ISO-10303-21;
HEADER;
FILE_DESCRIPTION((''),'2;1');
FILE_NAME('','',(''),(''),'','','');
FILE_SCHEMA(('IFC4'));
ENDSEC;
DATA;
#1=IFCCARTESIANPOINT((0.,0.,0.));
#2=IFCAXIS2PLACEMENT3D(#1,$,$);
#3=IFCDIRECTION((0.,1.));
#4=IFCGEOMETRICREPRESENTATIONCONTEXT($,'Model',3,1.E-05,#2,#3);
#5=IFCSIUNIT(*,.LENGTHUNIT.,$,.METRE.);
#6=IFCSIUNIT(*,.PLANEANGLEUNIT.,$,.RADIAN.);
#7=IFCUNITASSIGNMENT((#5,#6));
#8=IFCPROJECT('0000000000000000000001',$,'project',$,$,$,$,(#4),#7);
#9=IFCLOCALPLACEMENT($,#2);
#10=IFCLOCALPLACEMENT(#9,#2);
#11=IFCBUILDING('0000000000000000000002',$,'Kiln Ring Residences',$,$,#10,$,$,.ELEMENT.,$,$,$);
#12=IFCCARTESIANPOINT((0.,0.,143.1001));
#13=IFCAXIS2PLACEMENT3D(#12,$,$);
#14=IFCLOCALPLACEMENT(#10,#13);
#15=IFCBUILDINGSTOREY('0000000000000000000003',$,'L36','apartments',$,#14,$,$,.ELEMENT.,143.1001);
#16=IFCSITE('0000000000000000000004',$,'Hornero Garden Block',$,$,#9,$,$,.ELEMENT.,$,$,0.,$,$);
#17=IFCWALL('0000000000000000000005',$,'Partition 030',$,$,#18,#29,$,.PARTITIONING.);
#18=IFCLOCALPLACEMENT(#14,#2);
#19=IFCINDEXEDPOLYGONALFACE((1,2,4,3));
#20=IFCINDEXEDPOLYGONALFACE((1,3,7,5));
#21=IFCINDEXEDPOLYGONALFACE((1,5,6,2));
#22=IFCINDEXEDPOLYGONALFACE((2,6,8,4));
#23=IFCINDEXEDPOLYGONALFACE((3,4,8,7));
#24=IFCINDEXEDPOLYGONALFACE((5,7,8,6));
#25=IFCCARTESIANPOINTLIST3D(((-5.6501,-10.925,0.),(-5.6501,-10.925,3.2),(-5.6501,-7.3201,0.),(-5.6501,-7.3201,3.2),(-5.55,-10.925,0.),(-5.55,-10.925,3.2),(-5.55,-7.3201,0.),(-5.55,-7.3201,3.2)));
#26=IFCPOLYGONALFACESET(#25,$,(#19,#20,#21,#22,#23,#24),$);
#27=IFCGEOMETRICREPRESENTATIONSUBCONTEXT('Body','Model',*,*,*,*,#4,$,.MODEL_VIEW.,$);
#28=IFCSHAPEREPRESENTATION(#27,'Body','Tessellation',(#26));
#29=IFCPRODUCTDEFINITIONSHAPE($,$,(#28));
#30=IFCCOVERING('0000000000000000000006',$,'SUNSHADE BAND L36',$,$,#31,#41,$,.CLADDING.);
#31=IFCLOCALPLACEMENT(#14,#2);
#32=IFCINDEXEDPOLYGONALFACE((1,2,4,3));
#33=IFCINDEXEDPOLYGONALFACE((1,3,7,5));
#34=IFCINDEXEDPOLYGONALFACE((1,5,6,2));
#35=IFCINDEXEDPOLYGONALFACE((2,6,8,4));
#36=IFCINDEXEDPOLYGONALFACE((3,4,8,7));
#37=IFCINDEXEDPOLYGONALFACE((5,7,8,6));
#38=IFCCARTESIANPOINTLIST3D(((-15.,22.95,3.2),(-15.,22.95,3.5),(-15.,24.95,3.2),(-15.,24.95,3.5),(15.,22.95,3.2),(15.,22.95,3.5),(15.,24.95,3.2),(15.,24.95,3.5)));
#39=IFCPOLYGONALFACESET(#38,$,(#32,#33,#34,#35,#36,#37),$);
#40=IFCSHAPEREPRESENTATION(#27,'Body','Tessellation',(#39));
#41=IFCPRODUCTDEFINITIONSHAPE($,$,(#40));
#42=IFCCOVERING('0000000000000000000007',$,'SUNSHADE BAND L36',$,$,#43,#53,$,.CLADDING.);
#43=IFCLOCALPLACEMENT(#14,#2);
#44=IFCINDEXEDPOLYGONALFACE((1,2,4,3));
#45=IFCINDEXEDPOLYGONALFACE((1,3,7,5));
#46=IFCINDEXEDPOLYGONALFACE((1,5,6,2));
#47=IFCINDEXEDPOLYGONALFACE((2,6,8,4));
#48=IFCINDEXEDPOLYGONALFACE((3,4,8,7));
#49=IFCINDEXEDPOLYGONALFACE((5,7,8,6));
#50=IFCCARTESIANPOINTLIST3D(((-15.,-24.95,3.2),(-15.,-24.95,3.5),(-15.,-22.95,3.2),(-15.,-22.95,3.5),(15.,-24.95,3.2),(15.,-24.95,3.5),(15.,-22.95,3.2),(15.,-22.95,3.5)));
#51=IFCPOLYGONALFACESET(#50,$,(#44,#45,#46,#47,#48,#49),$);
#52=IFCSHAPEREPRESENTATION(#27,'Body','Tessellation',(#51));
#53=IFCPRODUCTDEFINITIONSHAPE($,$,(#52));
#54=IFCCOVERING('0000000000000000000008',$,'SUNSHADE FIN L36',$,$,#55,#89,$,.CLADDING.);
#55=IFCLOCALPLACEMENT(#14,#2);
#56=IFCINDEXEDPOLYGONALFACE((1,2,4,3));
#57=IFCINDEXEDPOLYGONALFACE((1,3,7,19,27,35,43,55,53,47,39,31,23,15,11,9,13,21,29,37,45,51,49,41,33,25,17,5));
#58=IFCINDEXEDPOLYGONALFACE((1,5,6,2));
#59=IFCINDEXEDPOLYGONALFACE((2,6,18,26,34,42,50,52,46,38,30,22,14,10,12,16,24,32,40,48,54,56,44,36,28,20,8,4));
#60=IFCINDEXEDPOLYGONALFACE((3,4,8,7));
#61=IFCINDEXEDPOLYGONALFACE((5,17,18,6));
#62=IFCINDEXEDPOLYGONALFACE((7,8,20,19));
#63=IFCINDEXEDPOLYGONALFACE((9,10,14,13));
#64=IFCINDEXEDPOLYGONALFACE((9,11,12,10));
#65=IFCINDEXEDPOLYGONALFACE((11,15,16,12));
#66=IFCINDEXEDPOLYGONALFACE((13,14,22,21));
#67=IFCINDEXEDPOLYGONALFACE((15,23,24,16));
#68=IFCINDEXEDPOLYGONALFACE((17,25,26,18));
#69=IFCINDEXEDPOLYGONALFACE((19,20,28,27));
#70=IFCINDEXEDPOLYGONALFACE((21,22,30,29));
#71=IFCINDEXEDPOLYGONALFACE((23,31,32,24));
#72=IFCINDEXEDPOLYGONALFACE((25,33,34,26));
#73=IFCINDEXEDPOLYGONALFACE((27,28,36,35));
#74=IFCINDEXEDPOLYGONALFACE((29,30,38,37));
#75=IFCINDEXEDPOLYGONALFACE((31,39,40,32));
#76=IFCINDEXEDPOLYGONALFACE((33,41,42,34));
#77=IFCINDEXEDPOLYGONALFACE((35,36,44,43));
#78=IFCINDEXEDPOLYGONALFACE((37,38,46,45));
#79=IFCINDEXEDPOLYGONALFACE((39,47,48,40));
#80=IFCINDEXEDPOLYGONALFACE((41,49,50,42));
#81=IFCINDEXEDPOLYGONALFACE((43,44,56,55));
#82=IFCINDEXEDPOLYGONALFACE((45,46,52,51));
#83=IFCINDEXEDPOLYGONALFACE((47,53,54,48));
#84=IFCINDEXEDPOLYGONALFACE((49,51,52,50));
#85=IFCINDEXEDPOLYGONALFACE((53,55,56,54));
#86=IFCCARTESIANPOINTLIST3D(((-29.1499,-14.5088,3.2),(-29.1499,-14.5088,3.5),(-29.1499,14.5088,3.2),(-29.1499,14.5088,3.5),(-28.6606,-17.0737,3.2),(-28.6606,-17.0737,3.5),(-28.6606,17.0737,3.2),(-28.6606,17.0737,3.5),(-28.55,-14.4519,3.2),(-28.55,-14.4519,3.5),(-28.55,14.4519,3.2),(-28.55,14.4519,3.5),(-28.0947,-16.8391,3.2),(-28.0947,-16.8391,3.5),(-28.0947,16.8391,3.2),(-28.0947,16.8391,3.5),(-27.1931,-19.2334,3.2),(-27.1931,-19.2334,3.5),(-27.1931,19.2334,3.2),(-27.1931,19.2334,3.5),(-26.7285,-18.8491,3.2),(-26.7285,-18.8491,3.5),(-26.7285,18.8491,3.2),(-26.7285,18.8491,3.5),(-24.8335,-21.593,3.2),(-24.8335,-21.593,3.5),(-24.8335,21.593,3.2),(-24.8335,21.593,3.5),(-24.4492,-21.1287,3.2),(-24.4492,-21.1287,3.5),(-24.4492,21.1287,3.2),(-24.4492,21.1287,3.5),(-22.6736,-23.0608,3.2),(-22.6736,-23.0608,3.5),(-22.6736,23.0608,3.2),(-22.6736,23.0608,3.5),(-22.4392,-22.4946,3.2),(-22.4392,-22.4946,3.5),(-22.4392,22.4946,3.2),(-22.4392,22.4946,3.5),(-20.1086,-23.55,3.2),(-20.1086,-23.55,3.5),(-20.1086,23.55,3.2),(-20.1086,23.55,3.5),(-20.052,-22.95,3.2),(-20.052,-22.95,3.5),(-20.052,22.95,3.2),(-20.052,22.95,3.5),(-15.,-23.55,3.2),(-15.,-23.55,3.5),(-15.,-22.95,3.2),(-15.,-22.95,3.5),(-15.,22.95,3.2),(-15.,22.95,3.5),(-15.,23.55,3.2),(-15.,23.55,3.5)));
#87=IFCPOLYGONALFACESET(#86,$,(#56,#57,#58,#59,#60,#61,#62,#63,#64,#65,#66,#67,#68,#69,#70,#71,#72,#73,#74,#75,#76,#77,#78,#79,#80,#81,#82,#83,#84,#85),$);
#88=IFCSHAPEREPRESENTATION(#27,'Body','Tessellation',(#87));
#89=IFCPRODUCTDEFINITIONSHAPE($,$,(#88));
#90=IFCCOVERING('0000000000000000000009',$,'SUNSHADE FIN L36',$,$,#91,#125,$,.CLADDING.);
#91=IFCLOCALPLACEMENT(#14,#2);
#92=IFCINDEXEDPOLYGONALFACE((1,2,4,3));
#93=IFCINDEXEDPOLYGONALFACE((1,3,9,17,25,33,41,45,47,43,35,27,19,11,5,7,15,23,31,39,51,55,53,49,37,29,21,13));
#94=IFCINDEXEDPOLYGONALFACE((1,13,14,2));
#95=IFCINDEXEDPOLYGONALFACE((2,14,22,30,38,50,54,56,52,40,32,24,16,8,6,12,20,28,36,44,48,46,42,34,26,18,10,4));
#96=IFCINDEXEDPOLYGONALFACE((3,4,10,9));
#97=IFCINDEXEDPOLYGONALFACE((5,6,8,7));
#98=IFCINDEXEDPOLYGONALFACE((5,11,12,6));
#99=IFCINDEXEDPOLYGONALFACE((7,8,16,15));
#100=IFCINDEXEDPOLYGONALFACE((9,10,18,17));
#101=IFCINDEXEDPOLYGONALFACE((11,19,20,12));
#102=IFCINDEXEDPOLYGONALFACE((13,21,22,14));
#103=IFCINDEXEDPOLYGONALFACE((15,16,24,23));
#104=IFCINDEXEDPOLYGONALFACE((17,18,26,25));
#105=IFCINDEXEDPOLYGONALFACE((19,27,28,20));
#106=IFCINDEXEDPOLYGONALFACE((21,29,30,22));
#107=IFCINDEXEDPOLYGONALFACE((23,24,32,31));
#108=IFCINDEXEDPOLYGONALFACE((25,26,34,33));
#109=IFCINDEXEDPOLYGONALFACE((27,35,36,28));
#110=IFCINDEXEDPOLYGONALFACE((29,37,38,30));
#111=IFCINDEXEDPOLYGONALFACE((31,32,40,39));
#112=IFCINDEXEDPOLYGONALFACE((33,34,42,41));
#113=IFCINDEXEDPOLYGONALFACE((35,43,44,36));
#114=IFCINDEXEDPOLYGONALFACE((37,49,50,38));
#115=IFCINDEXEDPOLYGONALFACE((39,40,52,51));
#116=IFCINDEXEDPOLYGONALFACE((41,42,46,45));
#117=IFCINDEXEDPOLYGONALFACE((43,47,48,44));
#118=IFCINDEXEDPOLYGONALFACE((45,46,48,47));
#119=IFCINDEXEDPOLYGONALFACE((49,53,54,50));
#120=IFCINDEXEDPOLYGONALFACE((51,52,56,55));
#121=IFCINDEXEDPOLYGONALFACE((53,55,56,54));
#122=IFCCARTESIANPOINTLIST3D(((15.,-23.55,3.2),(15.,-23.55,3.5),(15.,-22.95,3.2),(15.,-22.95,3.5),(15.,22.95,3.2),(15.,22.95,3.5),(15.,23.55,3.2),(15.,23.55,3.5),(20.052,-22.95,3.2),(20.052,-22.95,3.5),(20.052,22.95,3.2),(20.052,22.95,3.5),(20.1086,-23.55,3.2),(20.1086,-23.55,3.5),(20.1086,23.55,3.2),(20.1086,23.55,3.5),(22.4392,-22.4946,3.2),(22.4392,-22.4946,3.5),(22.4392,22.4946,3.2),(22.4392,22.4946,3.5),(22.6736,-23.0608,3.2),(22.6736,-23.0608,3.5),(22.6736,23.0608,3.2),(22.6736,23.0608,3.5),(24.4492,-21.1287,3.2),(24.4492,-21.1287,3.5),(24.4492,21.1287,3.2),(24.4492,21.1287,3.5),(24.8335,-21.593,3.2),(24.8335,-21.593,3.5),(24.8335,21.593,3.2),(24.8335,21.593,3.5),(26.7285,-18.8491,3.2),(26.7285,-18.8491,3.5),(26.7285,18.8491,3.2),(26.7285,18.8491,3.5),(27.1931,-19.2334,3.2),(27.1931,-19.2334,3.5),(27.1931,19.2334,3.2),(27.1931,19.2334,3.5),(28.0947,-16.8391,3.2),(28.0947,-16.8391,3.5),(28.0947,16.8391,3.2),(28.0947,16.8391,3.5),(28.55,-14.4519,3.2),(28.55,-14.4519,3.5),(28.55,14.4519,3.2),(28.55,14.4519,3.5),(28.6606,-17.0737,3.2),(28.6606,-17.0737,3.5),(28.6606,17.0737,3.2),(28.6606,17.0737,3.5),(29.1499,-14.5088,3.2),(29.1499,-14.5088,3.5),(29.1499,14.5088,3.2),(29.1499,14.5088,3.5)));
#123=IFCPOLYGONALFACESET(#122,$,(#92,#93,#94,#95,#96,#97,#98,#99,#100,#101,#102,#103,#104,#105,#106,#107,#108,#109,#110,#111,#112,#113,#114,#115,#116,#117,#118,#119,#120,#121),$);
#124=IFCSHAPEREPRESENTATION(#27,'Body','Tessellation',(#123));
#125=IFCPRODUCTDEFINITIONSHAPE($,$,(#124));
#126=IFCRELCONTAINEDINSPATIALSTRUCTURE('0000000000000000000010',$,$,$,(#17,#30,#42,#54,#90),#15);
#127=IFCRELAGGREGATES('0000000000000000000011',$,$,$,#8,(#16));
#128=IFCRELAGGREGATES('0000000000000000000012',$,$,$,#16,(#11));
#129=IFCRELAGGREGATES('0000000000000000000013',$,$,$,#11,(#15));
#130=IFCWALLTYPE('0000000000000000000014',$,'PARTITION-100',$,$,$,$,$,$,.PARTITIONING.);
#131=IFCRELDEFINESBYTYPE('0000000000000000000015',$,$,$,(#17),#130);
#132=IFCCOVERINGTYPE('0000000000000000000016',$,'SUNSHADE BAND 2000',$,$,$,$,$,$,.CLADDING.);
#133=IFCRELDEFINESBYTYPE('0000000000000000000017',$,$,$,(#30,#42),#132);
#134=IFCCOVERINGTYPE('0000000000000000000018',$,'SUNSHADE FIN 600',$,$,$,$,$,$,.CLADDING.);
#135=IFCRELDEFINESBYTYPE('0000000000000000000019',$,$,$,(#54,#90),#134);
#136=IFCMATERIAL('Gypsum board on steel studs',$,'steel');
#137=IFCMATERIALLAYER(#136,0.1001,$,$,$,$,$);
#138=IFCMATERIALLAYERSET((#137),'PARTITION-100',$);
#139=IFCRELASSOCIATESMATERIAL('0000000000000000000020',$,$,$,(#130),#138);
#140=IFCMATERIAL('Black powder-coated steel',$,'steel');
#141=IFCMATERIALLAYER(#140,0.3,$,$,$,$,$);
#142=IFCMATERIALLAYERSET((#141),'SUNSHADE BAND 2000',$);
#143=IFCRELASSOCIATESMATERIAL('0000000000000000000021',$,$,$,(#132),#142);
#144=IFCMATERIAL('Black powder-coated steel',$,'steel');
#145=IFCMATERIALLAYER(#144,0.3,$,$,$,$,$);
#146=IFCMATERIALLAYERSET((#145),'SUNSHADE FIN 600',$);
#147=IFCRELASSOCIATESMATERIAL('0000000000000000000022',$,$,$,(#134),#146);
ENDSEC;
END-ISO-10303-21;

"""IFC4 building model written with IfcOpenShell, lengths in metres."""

from ifc_helpers import new_model, si_unit, direction, frame, frame_2d, origin, place, context, subcontext, project, spatial, polyline, rectangle, outline, extrude, material, layer, layer_set, type_object, element, save


model = new_model("IFC4")

# Units and contexts
model_context = context("Model", 3, precision=1e-05, world=origin(), true_north=direction((0.0, 1.0)))
body_context = subcontext(model_context, "Body", "Model", "MODEL_VIEW")
ifc_project = project(units=[si_unit("LENGTHUNIT", "METRE"), si_unit("PLANEANGLEUNIT", "RADIAN")], contexts=[model_context])

# Site, building, storey
site_placement = place(None, origin())
site = spatial("IfcSite", under=ifc_project, at=site_placement, Name="Hornero Garden Block", CompositionType="ELEMENT", RefElevation=0.0)
building_placement = place(site_placement, origin())
building = spatial("IfcBuilding", under=site, at=building_placement, Name="Kiln Ring Residences", CompositionType="ELEMENT")
storey_placement = place(building_placement, frame((0.0, 0.0, 143.1001)))
storey = spatial("IfcBuildingStorey", under=building, at=storey_placement, Name="L36", Description="apartments", CompositionType="ELEMENT", Elevation=143.1001)

# Wall
ifc_material_1 = material(Name="Gypsum board on steel studs", Category="steel")
ifc_layer_1 = layer(ifc_material_1, 0.1001)
ifc_layer_set_1 = layer_set([ifc_layer_1], Name="PARTITION-100")
wall_type = type_object("IfcWallType", Name="PARTITION-100", PredefinedType="PARTITIONING", material=ifc_layer_set_1)
wall_placement = place(storey_placement, frame((-5.6001, -10.925, 0.0), z_axis=(0.0, 0.0, 1.0), x_axis=(0.0, 1.0, 0.0)))
element("IfcWall", 1, at=wall_placement, inside=storey, type_object=wall_type, Name="Partition 030", PredefinedType="PARTITIONING", context=body_context, shape_type="SweptSolid", body=[
    extrude(rectangle(XDim=3.605, YDim=0.1001, at=frame_2d((1.8025, 0.0))), origin(), (0.0, 0.0, 1.0), 3.2),
])

# Coverings
ifc_material_2 = material(Name="Black powder-coated steel", Category="steel")
ifc_layer_2 = layer(ifc_material_2, 0.3)
ifc_layer_set_2 = layer_set([ifc_layer_2], Name="SUNSHADE BAND 2000")
covering_type_1 = type_object("IfcCoveringType", Name="SUNSHADE BAND 2000", PredefinedType="CLADDING", material=ifc_layer_set_2)
placement = place(storey_placement, frame((0.0, 0.0, 3.2)))
element("IfcCovering", 2, at=placement, inside=storey, type_object=covering_type_1, Name="SUNSHADE BAND L36", PredefinedType="CLADDING", context=body_context, shape_type="SweptSolid", body=[
    extrude(outline(polyline([(15.0, 24.95), (-15.0, 24.95), (-15.0, 22.95), (15.0, 22.95), (15.0, 24.95)])), origin(), (0.0, 0.0, 1.0), 0.3),
])
element("IfcCovering", 3, at=placement, inside=storey, type_object=covering_type_1, Name="SUNSHADE BAND L36", PredefinedType="CLADDING", context=body_context, shape_type="SweptSolid", body=[
    extrude(outline(polyline([(-15.0, -24.95), (15.0, -24.95), (15.0, -22.95), (-15.0, -22.95), (-15.0, -24.95)])), origin(), (0.0, 0.0, 1.0), 0.3),
])
ifc_material_3 = material(Name="Black powder-coated steel", Category="steel")
ifc_layer_3 = layer(ifc_material_3, 0.3)
ifc_layer_set_3 = layer_set([ifc_layer_3], Name="SUNSHADE FIN 600")
covering_type_2 = type_object("IfcCoveringType", Name="SUNSHADE FIN 600", PredefinedType="CLADDING", material=ifc_layer_set_3)
element("IfcCovering", 4, at=placement, inside=storey, type_object=covering_type_2, Name="SUNSHADE FIN L36", PredefinedType="CLADDING", context=body_context, shape_type="SweptSolid", body=[
    extrude(outline(polyline([(-29.1499, -14.5088), (-28.6606, -17.0737), (-27.1931, -19.2334), (-24.8335, -21.593), (-22.6736, -23.0608), (-20.1086, -23.55), (-15.0, -23.55), (-15.0, -22.95), (-20.052, -22.95), (-22.4392, -22.4946), (-24.4492, -21.1287), (-26.7285, -18.8491), (-28.0947, -16.8391), (-28.55, -14.4519), (-28.55, 14.4519), (-28.0947, 16.8391), (-26.7285, 18.8491), (-24.4492, 21.1287), (-22.4392, 22.4946), (-20.052, 22.95), (-15.0, 22.95), (-15.0, 23.55), (-20.1086, 23.55), (-22.6736, 23.0608), (-24.8335, 21.593), (-27.1931, 19.2334), (-28.6606, 17.0737), (-29.1499, 14.5088), (-29.1499, -14.5088)])), origin(), (0.0, 0.0, 1.0), 0.3),
])
element("IfcCovering", 5, at=placement, inside=storey, type_object=covering_type_2, Name="SUNSHADE FIN L36", PredefinedType="CLADDING", context=body_context, shape_type="SweptSolid", body=[
    extrude(outline(polyline([(20.1086, 23.55), (15.0, 23.55), (15.0, 22.95), (20.052, 22.95), (22.4392, 22.4946), (24.4492, 21.1287), (26.7285, 18.8491), (28.0947, 16.8391), (28.55, 14.4519), (28.55, -14.4519), (28.0947, -16.8391), (26.7285, -18.8491), (24.4492, -21.1287), (22.4392, -22.4946), (20.052, -22.95), (15.0, -22.95), (15.0, -23.55), (20.1086, -23.55), (22.6736, -23.0608), (24.8335, -21.593), (27.1931, -19.2334), (28.6606, -17.0737), (29.1499, -14.5088), (29.1499, 14.5088), (28.6606, 17.0737), (27.1931, 19.2334), (24.8335, 21.593), (22.6736, 23.0608), (20.1086, 23.55)])), origin(), (0.0, 0.0, 1.0), 0.3),
])

save(model, "model.ifc")
